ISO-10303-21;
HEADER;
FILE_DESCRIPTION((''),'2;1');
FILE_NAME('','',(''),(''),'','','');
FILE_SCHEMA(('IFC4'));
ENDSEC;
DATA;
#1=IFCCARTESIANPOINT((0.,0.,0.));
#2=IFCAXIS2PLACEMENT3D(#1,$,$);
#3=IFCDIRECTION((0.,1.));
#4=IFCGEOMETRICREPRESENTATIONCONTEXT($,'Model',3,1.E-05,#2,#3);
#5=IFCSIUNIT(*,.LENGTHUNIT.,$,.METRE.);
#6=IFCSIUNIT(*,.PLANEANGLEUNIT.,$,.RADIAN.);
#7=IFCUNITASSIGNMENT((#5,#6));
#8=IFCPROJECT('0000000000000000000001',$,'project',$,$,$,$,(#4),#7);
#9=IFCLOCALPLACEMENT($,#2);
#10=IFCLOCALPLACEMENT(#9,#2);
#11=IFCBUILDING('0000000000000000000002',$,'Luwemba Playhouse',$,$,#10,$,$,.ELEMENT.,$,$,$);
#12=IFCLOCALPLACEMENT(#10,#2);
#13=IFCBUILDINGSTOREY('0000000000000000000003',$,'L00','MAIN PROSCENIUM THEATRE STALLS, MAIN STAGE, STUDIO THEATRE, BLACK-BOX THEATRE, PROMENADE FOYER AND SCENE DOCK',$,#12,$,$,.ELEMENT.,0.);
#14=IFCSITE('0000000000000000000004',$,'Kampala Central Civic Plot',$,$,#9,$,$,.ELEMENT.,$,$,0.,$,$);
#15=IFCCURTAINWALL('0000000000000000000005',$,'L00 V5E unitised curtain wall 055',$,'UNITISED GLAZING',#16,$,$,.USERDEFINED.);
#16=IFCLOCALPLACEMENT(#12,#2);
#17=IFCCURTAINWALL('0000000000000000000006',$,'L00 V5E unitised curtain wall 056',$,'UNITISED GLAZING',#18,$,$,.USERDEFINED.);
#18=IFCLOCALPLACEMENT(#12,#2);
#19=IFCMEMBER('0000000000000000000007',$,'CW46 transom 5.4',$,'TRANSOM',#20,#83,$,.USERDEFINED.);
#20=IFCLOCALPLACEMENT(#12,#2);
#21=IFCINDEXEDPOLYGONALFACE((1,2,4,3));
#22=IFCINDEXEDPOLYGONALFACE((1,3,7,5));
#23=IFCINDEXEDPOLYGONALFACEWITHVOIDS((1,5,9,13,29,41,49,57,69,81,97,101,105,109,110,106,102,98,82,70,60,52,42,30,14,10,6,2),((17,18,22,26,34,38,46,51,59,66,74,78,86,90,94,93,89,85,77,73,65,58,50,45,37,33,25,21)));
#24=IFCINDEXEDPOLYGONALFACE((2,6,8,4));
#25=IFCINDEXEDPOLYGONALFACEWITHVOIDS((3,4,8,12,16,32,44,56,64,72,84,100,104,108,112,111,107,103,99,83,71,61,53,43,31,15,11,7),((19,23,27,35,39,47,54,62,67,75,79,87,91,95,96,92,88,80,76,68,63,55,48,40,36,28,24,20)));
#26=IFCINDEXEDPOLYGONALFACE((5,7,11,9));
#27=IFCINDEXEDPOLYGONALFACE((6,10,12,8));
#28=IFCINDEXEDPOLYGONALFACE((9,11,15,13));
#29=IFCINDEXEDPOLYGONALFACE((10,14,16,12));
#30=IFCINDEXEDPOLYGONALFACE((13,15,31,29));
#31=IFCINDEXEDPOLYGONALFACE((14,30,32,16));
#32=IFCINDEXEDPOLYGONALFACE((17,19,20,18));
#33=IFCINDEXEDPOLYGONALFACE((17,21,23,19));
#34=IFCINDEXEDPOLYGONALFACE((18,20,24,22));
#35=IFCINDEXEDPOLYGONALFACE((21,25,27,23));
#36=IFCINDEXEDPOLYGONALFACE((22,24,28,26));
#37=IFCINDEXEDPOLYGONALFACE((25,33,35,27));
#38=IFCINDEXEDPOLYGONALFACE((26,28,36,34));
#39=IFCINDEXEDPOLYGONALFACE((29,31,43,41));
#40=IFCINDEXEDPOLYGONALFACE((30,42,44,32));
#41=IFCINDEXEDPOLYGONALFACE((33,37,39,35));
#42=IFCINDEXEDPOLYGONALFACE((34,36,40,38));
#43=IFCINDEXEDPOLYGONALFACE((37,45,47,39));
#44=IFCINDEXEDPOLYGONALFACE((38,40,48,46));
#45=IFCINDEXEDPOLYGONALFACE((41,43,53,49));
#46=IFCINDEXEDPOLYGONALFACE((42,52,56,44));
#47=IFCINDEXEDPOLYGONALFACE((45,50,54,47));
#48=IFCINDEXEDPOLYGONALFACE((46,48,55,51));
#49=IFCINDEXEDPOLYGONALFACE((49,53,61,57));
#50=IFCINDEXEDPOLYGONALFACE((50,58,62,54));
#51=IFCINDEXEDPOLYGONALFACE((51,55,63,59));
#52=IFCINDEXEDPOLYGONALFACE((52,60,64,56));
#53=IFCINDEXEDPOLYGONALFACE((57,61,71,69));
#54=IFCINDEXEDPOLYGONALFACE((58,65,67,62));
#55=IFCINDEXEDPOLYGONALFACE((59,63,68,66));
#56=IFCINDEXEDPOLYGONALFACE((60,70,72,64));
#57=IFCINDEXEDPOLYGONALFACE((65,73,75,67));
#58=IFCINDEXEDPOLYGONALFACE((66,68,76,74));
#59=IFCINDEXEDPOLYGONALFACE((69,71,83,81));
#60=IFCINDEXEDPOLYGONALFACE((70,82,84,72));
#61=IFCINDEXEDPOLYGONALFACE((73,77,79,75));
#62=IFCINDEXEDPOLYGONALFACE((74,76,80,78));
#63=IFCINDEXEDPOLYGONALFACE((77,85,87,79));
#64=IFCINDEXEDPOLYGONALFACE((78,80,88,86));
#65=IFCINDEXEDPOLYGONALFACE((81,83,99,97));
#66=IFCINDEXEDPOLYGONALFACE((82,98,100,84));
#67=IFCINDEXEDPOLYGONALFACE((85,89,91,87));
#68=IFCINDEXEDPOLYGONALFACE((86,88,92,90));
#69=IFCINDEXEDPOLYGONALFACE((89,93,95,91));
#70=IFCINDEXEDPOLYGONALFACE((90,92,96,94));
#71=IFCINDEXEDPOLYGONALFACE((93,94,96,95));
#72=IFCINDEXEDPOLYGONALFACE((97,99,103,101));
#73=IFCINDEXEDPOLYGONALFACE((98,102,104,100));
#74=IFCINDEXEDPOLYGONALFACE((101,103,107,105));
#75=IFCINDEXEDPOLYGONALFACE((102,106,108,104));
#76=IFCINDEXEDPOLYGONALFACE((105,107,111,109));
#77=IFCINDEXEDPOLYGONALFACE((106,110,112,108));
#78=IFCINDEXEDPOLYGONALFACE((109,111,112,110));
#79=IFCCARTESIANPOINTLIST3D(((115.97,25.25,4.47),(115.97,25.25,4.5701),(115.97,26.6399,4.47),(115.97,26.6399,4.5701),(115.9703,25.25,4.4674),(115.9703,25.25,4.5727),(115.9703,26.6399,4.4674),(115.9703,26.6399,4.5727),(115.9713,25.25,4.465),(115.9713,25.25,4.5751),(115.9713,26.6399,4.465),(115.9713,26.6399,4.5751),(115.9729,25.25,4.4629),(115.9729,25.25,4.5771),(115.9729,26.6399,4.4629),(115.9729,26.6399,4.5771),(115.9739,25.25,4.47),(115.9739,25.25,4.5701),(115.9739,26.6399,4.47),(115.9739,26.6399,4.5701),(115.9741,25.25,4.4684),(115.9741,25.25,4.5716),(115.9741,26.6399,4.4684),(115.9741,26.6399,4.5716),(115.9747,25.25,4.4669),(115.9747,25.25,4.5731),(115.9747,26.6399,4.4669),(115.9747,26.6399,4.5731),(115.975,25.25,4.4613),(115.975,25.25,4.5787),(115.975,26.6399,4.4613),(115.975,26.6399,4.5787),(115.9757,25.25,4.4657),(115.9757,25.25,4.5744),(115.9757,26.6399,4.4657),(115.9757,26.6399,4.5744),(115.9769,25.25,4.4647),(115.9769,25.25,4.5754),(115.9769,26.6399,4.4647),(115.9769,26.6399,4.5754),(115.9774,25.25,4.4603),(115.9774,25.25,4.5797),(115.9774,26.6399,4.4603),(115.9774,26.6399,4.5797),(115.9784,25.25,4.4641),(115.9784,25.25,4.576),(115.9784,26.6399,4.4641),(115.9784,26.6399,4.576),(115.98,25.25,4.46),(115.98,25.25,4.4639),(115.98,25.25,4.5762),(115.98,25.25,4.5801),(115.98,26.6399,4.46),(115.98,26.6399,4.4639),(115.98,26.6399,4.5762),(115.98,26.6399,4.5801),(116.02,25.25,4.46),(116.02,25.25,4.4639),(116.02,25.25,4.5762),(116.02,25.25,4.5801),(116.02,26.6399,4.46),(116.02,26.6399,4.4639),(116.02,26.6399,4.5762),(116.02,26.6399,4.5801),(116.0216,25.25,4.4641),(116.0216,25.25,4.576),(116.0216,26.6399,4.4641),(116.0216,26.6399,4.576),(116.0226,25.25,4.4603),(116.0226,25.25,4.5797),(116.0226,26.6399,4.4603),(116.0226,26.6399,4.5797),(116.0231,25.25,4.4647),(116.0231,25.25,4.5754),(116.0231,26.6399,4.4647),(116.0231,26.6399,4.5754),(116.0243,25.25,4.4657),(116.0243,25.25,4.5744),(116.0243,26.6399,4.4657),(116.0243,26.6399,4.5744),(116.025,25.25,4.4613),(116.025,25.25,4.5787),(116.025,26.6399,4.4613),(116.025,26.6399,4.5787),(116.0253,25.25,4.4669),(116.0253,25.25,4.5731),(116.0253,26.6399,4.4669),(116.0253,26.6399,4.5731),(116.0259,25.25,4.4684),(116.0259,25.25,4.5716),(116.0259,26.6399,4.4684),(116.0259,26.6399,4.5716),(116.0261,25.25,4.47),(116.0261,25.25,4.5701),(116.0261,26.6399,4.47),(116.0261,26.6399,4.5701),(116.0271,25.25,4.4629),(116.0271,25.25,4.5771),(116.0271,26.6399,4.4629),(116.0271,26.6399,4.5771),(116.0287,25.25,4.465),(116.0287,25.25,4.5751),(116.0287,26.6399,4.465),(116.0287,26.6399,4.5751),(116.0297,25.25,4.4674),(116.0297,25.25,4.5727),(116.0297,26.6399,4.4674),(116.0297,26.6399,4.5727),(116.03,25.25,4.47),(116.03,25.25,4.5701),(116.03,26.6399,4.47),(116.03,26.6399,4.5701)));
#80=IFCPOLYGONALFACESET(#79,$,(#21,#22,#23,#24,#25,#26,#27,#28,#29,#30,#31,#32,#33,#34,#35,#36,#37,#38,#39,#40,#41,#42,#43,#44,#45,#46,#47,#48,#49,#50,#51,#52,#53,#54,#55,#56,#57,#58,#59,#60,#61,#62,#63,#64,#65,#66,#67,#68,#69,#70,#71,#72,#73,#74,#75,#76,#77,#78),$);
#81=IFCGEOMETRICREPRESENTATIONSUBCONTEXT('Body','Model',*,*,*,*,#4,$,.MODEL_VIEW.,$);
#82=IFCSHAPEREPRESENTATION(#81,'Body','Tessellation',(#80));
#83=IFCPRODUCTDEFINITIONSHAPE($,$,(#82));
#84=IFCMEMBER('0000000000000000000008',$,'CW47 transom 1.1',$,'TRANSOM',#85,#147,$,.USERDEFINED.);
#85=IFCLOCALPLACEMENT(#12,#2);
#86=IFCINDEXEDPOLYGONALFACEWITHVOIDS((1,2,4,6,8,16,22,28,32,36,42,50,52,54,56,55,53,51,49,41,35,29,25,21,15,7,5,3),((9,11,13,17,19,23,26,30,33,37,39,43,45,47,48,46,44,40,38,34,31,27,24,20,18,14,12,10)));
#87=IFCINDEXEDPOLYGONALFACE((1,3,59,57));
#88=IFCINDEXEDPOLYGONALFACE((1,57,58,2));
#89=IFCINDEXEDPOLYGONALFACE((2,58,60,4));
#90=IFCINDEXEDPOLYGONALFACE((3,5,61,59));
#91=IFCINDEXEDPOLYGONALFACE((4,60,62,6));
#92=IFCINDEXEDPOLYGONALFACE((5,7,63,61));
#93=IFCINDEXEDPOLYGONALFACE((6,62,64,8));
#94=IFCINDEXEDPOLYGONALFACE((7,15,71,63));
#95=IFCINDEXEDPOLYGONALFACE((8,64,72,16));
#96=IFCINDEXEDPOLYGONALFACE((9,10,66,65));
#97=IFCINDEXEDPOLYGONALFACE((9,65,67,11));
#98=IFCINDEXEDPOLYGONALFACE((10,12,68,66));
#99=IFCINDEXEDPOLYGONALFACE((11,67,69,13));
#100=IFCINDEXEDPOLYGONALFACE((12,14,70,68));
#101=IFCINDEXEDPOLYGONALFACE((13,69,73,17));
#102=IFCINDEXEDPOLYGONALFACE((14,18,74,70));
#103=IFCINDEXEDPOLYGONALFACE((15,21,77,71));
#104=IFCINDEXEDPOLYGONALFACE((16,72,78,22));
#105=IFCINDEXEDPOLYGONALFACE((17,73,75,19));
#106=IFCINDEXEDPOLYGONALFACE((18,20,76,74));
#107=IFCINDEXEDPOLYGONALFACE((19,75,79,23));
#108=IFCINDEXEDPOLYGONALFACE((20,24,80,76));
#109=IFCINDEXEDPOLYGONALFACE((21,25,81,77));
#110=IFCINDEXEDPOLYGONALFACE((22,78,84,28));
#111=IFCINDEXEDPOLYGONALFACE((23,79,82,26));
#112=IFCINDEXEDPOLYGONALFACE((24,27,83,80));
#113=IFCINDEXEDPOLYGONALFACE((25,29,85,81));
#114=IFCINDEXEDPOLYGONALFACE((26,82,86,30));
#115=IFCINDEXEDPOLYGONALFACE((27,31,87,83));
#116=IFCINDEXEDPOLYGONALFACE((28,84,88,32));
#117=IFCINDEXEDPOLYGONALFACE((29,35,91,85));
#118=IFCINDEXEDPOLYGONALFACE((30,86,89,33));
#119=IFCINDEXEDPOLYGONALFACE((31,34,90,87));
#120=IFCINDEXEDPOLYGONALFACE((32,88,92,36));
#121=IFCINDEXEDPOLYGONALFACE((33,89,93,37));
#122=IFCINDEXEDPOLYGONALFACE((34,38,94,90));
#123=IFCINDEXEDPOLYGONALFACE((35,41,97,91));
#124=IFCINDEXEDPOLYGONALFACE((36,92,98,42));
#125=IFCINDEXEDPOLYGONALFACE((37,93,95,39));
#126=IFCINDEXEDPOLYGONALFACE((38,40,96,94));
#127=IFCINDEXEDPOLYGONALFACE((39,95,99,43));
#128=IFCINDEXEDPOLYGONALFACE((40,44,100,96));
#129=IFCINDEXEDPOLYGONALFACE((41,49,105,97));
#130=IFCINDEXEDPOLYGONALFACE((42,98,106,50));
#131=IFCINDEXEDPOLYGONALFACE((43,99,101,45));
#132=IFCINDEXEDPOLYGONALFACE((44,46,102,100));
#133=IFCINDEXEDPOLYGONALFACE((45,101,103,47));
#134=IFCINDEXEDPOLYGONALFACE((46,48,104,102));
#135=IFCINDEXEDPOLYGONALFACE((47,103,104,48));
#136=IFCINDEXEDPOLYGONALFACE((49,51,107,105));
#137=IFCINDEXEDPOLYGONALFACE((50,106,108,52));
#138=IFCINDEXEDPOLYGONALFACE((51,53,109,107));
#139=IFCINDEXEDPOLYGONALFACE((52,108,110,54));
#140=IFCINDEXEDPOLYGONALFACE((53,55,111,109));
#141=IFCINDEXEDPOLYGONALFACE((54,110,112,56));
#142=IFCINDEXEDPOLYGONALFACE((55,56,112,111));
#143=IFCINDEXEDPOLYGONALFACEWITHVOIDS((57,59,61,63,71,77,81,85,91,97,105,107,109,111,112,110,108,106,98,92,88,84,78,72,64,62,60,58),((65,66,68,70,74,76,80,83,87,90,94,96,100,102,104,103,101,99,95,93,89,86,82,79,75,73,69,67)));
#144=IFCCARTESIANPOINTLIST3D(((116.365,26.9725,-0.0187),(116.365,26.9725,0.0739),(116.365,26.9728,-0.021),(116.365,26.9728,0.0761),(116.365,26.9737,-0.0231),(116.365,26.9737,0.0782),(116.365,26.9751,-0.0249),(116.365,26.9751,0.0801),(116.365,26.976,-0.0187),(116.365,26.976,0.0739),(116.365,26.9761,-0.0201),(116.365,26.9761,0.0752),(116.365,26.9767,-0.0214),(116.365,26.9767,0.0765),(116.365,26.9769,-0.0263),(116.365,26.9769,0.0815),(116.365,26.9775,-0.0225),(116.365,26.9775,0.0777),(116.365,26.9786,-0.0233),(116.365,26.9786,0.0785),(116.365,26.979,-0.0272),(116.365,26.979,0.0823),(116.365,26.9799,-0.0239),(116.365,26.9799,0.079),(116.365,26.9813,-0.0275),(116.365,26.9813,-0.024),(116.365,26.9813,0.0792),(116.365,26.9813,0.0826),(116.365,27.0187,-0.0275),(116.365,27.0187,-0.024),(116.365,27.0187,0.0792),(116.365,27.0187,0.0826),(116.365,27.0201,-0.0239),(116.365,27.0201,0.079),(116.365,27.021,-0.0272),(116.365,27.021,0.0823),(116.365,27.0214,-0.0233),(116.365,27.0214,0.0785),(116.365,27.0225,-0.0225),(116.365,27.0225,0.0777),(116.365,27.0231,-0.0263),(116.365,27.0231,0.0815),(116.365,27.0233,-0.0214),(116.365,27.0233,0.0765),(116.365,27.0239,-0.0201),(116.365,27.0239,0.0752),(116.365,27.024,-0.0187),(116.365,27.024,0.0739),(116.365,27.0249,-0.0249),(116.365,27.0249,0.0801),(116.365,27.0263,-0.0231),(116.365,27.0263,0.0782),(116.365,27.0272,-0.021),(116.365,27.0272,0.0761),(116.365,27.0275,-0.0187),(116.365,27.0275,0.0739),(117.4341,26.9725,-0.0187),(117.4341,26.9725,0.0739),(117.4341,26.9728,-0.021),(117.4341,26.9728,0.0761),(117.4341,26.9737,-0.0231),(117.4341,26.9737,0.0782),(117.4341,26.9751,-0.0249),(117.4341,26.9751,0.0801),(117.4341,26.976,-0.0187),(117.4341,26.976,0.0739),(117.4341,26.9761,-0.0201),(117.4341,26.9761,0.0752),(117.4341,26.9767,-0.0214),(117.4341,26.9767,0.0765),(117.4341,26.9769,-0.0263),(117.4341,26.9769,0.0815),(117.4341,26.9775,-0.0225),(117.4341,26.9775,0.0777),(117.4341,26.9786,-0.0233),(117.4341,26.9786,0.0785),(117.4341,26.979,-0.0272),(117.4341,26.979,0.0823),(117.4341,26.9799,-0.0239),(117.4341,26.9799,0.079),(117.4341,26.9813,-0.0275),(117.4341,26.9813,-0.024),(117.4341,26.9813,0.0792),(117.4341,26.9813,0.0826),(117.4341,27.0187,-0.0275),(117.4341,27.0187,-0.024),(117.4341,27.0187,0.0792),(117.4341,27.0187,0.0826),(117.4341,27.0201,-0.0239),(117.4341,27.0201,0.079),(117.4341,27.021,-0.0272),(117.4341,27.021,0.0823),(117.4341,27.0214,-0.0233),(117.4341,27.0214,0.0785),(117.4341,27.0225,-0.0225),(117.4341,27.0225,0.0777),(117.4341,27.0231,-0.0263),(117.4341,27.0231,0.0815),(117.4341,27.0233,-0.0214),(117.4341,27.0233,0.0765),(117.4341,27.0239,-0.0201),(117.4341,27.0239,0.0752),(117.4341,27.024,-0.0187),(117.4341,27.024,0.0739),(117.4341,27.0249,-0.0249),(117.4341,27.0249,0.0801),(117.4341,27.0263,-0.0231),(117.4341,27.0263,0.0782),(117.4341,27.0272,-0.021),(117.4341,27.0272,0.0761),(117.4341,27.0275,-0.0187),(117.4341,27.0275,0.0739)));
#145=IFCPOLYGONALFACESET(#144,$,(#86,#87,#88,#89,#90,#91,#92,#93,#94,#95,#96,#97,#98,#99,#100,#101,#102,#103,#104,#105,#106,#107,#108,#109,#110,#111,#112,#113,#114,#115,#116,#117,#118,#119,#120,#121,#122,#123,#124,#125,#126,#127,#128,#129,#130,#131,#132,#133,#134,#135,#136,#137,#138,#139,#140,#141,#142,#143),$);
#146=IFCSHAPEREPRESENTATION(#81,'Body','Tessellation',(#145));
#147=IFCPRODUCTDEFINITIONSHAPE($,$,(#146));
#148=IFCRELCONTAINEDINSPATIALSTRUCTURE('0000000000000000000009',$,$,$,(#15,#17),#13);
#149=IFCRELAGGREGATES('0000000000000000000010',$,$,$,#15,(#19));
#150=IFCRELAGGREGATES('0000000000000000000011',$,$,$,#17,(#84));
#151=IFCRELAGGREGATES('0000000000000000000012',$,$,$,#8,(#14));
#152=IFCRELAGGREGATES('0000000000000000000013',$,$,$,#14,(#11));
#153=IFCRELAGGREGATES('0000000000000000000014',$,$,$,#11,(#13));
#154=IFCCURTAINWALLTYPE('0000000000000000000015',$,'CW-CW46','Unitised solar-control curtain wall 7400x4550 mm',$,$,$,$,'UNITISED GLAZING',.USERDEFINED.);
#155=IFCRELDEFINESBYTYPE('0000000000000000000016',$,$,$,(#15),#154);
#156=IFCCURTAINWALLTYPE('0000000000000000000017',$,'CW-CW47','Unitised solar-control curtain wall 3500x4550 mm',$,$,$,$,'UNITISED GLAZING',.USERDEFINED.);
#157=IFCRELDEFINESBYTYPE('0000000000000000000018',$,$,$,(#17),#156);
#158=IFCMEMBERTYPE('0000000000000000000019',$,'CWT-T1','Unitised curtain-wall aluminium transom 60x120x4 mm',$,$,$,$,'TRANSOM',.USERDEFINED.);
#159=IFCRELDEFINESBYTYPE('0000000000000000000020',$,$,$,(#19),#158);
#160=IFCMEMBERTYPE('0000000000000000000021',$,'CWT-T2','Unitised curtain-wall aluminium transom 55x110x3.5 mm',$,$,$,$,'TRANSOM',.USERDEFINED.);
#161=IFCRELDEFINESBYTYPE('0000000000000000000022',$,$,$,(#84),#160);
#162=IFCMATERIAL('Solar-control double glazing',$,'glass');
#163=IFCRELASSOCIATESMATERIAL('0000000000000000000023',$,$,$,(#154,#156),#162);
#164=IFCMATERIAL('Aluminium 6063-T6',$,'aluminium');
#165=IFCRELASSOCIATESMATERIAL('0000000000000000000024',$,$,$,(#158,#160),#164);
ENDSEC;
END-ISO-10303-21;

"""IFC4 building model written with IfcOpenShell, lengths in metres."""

from ifc_helpers import new_model, si_unit, direction, frame, origin, origin_2d, place, context, subcontext, project, spatial, hollow_rectangle, extrude, material, material_profile, profile_set, type_object, element, aggregate, save


model = new_model("IFC4")

# Units and contexts
model_context = context("Model", 3, precision=1e-05, world=origin(), true_north=direction((0.0, 1.0)))
body_context = subcontext(model_context, "Body", "Model", "MODEL_VIEW")
ifc_project = project(units=[si_unit("LENGTHUNIT", "METRE"), si_unit("PLANEANGLEUNIT", "RADIAN")], contexts=[model_context])

# Site, building, storey
site_placement = place(None, origin())
site = spatial("IfcSite", under=ifc_project, at=site_placement, Name="Kampala Central Civic Plot", CompositionType="ELEMENT", RefElevation=0.0)
building_placement = place(site_placement, origin())
building = spatial("IfcBuilding", under=site, at=building_placement, Name="Luwemba Playhouse", CompositionType="ELEMENT")
storey_placement = place(building_placement, origin())
storey = spatial("IfcBuildingStorey", under=building, at=storey_placement, Name="L00", Description="MAIN PROSCENIUM THEATRE STALLS, MAIN STAGE, STUDIO THEATRE, BLACK-BOX THEATRE, PROMENADE FOYER AND SCENE DOCK", CompositionType="ELEMENT", Elevation=0.0)

# Curtain wall
ifc_material_1 = material(Name="Solar-control double glazing", Category="glass")
curtain_wall_type_1 = type_object("IfcCurtainWallType", Name="CW-CW46", Description="Unitised solar-control curtain wall 7400x4550 mm", ElementType="UNITISED GLAZING", PredefinedType="USERDEFINED", material=ifc_material_1)
curtain_wall_1_placement = place(storey_placement, origin())
curtain_wall_1 = element("IfcCurtainWall", 1, at=curtain_wall_1_placement, inside=storey, type_object=curtain_wall_type_1, Name="L00 V5E unitised curtain wall 055", ObjectType="UNITISED GLAZING", PredefinedType="USERDEFINED")
ifc_material_2 = material(Name="Aluminium 6063-T6", Category="aluminium")

# Curtain wall
curtain_wall_type_2 = type_object("IfcCurtainWallType", Name="CW-CW47", Description="Unitised solar-control curtain wall 3500x4550 mm", ElementType="UNITISED GLAZING", PredefinedType="USERDEFINED", material=ifc_material_1)
curtain_wall_2_placement = place(storey_placement, origin())
curtain_wall_2 = element("IfcCurtainWall", 2, at=curtain_wall_2_placement, inside=storey, type_object=curtain_wall_type_2, Name="L00 V5E unitised curtain wall 056", ObjectType="UNITISED GLAZING", PredefinedType="USERDEFINED")

# Members
ifc_material_profile_1 = material_profile(ifc_material_2, hollow_rectangle(XDim=0.0601, YDim=0.1201, WallThickness=0.0039, InnerFilletRadius=0.0061, OuterFilletRadius=0.01, at=origin_2d()))
ifc_profile_set_1 = profile_set([ifc_material_profile_1], Name="Aluminium 6063-T6")
member_type_1 = type_object("IfcMemberType", Name="CWT-T1", Description="Unitised curtain-wall aluminium transom 60x120x4 mm", ElementType="TRANSOM", PredefinedType="USERDEFINED", material=ifc_profile_set_1)
member_1_placement = place(storey_placement, frame((116.0, 25.25, 4.52), z_axis=(0.0, 1.0, 0.0), x_axis=(-1.0, 0.0, 0.0)))
member_1 = element("IfcMember", 3, at=member_1_placement, type_object=member_type_1, Name="CW46 transom 5.4", ObjectType="TRANSOM", PredefinedType="USERDEFINED", context=body_context, shape_type="SweptSolid", body=[
    extrude(hollow_rectangle(XDim=0.0601, YDim=0.1201, WallThickness=0.0039, InnerFilletRadius=0.0061, OuterFilletRadius=0.01, at=origin_2d()), origin(), (0.0, 0.0, 1.0), 1.3899),
])
ifc_material_profile_2 = material_profile(ifc_material_2, hollow_rectangle(XDim=0.0549, YDim=0.1101, WallThickness=0.0034, InnerFilletRadius=0.0054, OuterFilletRadius=0.0088, at=origin_2d()))
ifc_profile_set_2 = profile_set([ifc_material_profile_2], Name="Aluminium 6063-T6")
member_type_2 = type_object("IfcMemberType", Name="CWT-T2", Description="Unitised curtain-wall aluminium transom 55x110x3.5 mm", ElementType="TRANSOM", PredefinedType="USERDEFINED", material=ifc_profile_set_2)
member_2_placement = place(storey_placement, frame((116.365, 27.0, 0.0276), z_axis=(1.0, 0.0, 0.0), x_axis=(0.0, 1.0, 0.0)))
member_2 = element("IfcMember", 4, at=member_2_placement, type_object=member_type_2, Name="CW47 transom 1.1", ObjectType="TRANSOM", PredefinedType="USERDEFINED", context=body_context, shape_type="SweptSolid", body=[
    extrude(hollow_rectangle(XDim=0.0549, YDim=0.1101, WallThickness=0.0034, InnerFilletRadius=0.0054, OuterFilletRadius=0.0088, at=origin_2d()), origin(), (0.0, 0.0, 1.0), 1.0691),
])

aggregate(curtain_wall_1, [member_1])
aggregate(curtain_wall_2, [member_2])

save(model, "model.ifc")
